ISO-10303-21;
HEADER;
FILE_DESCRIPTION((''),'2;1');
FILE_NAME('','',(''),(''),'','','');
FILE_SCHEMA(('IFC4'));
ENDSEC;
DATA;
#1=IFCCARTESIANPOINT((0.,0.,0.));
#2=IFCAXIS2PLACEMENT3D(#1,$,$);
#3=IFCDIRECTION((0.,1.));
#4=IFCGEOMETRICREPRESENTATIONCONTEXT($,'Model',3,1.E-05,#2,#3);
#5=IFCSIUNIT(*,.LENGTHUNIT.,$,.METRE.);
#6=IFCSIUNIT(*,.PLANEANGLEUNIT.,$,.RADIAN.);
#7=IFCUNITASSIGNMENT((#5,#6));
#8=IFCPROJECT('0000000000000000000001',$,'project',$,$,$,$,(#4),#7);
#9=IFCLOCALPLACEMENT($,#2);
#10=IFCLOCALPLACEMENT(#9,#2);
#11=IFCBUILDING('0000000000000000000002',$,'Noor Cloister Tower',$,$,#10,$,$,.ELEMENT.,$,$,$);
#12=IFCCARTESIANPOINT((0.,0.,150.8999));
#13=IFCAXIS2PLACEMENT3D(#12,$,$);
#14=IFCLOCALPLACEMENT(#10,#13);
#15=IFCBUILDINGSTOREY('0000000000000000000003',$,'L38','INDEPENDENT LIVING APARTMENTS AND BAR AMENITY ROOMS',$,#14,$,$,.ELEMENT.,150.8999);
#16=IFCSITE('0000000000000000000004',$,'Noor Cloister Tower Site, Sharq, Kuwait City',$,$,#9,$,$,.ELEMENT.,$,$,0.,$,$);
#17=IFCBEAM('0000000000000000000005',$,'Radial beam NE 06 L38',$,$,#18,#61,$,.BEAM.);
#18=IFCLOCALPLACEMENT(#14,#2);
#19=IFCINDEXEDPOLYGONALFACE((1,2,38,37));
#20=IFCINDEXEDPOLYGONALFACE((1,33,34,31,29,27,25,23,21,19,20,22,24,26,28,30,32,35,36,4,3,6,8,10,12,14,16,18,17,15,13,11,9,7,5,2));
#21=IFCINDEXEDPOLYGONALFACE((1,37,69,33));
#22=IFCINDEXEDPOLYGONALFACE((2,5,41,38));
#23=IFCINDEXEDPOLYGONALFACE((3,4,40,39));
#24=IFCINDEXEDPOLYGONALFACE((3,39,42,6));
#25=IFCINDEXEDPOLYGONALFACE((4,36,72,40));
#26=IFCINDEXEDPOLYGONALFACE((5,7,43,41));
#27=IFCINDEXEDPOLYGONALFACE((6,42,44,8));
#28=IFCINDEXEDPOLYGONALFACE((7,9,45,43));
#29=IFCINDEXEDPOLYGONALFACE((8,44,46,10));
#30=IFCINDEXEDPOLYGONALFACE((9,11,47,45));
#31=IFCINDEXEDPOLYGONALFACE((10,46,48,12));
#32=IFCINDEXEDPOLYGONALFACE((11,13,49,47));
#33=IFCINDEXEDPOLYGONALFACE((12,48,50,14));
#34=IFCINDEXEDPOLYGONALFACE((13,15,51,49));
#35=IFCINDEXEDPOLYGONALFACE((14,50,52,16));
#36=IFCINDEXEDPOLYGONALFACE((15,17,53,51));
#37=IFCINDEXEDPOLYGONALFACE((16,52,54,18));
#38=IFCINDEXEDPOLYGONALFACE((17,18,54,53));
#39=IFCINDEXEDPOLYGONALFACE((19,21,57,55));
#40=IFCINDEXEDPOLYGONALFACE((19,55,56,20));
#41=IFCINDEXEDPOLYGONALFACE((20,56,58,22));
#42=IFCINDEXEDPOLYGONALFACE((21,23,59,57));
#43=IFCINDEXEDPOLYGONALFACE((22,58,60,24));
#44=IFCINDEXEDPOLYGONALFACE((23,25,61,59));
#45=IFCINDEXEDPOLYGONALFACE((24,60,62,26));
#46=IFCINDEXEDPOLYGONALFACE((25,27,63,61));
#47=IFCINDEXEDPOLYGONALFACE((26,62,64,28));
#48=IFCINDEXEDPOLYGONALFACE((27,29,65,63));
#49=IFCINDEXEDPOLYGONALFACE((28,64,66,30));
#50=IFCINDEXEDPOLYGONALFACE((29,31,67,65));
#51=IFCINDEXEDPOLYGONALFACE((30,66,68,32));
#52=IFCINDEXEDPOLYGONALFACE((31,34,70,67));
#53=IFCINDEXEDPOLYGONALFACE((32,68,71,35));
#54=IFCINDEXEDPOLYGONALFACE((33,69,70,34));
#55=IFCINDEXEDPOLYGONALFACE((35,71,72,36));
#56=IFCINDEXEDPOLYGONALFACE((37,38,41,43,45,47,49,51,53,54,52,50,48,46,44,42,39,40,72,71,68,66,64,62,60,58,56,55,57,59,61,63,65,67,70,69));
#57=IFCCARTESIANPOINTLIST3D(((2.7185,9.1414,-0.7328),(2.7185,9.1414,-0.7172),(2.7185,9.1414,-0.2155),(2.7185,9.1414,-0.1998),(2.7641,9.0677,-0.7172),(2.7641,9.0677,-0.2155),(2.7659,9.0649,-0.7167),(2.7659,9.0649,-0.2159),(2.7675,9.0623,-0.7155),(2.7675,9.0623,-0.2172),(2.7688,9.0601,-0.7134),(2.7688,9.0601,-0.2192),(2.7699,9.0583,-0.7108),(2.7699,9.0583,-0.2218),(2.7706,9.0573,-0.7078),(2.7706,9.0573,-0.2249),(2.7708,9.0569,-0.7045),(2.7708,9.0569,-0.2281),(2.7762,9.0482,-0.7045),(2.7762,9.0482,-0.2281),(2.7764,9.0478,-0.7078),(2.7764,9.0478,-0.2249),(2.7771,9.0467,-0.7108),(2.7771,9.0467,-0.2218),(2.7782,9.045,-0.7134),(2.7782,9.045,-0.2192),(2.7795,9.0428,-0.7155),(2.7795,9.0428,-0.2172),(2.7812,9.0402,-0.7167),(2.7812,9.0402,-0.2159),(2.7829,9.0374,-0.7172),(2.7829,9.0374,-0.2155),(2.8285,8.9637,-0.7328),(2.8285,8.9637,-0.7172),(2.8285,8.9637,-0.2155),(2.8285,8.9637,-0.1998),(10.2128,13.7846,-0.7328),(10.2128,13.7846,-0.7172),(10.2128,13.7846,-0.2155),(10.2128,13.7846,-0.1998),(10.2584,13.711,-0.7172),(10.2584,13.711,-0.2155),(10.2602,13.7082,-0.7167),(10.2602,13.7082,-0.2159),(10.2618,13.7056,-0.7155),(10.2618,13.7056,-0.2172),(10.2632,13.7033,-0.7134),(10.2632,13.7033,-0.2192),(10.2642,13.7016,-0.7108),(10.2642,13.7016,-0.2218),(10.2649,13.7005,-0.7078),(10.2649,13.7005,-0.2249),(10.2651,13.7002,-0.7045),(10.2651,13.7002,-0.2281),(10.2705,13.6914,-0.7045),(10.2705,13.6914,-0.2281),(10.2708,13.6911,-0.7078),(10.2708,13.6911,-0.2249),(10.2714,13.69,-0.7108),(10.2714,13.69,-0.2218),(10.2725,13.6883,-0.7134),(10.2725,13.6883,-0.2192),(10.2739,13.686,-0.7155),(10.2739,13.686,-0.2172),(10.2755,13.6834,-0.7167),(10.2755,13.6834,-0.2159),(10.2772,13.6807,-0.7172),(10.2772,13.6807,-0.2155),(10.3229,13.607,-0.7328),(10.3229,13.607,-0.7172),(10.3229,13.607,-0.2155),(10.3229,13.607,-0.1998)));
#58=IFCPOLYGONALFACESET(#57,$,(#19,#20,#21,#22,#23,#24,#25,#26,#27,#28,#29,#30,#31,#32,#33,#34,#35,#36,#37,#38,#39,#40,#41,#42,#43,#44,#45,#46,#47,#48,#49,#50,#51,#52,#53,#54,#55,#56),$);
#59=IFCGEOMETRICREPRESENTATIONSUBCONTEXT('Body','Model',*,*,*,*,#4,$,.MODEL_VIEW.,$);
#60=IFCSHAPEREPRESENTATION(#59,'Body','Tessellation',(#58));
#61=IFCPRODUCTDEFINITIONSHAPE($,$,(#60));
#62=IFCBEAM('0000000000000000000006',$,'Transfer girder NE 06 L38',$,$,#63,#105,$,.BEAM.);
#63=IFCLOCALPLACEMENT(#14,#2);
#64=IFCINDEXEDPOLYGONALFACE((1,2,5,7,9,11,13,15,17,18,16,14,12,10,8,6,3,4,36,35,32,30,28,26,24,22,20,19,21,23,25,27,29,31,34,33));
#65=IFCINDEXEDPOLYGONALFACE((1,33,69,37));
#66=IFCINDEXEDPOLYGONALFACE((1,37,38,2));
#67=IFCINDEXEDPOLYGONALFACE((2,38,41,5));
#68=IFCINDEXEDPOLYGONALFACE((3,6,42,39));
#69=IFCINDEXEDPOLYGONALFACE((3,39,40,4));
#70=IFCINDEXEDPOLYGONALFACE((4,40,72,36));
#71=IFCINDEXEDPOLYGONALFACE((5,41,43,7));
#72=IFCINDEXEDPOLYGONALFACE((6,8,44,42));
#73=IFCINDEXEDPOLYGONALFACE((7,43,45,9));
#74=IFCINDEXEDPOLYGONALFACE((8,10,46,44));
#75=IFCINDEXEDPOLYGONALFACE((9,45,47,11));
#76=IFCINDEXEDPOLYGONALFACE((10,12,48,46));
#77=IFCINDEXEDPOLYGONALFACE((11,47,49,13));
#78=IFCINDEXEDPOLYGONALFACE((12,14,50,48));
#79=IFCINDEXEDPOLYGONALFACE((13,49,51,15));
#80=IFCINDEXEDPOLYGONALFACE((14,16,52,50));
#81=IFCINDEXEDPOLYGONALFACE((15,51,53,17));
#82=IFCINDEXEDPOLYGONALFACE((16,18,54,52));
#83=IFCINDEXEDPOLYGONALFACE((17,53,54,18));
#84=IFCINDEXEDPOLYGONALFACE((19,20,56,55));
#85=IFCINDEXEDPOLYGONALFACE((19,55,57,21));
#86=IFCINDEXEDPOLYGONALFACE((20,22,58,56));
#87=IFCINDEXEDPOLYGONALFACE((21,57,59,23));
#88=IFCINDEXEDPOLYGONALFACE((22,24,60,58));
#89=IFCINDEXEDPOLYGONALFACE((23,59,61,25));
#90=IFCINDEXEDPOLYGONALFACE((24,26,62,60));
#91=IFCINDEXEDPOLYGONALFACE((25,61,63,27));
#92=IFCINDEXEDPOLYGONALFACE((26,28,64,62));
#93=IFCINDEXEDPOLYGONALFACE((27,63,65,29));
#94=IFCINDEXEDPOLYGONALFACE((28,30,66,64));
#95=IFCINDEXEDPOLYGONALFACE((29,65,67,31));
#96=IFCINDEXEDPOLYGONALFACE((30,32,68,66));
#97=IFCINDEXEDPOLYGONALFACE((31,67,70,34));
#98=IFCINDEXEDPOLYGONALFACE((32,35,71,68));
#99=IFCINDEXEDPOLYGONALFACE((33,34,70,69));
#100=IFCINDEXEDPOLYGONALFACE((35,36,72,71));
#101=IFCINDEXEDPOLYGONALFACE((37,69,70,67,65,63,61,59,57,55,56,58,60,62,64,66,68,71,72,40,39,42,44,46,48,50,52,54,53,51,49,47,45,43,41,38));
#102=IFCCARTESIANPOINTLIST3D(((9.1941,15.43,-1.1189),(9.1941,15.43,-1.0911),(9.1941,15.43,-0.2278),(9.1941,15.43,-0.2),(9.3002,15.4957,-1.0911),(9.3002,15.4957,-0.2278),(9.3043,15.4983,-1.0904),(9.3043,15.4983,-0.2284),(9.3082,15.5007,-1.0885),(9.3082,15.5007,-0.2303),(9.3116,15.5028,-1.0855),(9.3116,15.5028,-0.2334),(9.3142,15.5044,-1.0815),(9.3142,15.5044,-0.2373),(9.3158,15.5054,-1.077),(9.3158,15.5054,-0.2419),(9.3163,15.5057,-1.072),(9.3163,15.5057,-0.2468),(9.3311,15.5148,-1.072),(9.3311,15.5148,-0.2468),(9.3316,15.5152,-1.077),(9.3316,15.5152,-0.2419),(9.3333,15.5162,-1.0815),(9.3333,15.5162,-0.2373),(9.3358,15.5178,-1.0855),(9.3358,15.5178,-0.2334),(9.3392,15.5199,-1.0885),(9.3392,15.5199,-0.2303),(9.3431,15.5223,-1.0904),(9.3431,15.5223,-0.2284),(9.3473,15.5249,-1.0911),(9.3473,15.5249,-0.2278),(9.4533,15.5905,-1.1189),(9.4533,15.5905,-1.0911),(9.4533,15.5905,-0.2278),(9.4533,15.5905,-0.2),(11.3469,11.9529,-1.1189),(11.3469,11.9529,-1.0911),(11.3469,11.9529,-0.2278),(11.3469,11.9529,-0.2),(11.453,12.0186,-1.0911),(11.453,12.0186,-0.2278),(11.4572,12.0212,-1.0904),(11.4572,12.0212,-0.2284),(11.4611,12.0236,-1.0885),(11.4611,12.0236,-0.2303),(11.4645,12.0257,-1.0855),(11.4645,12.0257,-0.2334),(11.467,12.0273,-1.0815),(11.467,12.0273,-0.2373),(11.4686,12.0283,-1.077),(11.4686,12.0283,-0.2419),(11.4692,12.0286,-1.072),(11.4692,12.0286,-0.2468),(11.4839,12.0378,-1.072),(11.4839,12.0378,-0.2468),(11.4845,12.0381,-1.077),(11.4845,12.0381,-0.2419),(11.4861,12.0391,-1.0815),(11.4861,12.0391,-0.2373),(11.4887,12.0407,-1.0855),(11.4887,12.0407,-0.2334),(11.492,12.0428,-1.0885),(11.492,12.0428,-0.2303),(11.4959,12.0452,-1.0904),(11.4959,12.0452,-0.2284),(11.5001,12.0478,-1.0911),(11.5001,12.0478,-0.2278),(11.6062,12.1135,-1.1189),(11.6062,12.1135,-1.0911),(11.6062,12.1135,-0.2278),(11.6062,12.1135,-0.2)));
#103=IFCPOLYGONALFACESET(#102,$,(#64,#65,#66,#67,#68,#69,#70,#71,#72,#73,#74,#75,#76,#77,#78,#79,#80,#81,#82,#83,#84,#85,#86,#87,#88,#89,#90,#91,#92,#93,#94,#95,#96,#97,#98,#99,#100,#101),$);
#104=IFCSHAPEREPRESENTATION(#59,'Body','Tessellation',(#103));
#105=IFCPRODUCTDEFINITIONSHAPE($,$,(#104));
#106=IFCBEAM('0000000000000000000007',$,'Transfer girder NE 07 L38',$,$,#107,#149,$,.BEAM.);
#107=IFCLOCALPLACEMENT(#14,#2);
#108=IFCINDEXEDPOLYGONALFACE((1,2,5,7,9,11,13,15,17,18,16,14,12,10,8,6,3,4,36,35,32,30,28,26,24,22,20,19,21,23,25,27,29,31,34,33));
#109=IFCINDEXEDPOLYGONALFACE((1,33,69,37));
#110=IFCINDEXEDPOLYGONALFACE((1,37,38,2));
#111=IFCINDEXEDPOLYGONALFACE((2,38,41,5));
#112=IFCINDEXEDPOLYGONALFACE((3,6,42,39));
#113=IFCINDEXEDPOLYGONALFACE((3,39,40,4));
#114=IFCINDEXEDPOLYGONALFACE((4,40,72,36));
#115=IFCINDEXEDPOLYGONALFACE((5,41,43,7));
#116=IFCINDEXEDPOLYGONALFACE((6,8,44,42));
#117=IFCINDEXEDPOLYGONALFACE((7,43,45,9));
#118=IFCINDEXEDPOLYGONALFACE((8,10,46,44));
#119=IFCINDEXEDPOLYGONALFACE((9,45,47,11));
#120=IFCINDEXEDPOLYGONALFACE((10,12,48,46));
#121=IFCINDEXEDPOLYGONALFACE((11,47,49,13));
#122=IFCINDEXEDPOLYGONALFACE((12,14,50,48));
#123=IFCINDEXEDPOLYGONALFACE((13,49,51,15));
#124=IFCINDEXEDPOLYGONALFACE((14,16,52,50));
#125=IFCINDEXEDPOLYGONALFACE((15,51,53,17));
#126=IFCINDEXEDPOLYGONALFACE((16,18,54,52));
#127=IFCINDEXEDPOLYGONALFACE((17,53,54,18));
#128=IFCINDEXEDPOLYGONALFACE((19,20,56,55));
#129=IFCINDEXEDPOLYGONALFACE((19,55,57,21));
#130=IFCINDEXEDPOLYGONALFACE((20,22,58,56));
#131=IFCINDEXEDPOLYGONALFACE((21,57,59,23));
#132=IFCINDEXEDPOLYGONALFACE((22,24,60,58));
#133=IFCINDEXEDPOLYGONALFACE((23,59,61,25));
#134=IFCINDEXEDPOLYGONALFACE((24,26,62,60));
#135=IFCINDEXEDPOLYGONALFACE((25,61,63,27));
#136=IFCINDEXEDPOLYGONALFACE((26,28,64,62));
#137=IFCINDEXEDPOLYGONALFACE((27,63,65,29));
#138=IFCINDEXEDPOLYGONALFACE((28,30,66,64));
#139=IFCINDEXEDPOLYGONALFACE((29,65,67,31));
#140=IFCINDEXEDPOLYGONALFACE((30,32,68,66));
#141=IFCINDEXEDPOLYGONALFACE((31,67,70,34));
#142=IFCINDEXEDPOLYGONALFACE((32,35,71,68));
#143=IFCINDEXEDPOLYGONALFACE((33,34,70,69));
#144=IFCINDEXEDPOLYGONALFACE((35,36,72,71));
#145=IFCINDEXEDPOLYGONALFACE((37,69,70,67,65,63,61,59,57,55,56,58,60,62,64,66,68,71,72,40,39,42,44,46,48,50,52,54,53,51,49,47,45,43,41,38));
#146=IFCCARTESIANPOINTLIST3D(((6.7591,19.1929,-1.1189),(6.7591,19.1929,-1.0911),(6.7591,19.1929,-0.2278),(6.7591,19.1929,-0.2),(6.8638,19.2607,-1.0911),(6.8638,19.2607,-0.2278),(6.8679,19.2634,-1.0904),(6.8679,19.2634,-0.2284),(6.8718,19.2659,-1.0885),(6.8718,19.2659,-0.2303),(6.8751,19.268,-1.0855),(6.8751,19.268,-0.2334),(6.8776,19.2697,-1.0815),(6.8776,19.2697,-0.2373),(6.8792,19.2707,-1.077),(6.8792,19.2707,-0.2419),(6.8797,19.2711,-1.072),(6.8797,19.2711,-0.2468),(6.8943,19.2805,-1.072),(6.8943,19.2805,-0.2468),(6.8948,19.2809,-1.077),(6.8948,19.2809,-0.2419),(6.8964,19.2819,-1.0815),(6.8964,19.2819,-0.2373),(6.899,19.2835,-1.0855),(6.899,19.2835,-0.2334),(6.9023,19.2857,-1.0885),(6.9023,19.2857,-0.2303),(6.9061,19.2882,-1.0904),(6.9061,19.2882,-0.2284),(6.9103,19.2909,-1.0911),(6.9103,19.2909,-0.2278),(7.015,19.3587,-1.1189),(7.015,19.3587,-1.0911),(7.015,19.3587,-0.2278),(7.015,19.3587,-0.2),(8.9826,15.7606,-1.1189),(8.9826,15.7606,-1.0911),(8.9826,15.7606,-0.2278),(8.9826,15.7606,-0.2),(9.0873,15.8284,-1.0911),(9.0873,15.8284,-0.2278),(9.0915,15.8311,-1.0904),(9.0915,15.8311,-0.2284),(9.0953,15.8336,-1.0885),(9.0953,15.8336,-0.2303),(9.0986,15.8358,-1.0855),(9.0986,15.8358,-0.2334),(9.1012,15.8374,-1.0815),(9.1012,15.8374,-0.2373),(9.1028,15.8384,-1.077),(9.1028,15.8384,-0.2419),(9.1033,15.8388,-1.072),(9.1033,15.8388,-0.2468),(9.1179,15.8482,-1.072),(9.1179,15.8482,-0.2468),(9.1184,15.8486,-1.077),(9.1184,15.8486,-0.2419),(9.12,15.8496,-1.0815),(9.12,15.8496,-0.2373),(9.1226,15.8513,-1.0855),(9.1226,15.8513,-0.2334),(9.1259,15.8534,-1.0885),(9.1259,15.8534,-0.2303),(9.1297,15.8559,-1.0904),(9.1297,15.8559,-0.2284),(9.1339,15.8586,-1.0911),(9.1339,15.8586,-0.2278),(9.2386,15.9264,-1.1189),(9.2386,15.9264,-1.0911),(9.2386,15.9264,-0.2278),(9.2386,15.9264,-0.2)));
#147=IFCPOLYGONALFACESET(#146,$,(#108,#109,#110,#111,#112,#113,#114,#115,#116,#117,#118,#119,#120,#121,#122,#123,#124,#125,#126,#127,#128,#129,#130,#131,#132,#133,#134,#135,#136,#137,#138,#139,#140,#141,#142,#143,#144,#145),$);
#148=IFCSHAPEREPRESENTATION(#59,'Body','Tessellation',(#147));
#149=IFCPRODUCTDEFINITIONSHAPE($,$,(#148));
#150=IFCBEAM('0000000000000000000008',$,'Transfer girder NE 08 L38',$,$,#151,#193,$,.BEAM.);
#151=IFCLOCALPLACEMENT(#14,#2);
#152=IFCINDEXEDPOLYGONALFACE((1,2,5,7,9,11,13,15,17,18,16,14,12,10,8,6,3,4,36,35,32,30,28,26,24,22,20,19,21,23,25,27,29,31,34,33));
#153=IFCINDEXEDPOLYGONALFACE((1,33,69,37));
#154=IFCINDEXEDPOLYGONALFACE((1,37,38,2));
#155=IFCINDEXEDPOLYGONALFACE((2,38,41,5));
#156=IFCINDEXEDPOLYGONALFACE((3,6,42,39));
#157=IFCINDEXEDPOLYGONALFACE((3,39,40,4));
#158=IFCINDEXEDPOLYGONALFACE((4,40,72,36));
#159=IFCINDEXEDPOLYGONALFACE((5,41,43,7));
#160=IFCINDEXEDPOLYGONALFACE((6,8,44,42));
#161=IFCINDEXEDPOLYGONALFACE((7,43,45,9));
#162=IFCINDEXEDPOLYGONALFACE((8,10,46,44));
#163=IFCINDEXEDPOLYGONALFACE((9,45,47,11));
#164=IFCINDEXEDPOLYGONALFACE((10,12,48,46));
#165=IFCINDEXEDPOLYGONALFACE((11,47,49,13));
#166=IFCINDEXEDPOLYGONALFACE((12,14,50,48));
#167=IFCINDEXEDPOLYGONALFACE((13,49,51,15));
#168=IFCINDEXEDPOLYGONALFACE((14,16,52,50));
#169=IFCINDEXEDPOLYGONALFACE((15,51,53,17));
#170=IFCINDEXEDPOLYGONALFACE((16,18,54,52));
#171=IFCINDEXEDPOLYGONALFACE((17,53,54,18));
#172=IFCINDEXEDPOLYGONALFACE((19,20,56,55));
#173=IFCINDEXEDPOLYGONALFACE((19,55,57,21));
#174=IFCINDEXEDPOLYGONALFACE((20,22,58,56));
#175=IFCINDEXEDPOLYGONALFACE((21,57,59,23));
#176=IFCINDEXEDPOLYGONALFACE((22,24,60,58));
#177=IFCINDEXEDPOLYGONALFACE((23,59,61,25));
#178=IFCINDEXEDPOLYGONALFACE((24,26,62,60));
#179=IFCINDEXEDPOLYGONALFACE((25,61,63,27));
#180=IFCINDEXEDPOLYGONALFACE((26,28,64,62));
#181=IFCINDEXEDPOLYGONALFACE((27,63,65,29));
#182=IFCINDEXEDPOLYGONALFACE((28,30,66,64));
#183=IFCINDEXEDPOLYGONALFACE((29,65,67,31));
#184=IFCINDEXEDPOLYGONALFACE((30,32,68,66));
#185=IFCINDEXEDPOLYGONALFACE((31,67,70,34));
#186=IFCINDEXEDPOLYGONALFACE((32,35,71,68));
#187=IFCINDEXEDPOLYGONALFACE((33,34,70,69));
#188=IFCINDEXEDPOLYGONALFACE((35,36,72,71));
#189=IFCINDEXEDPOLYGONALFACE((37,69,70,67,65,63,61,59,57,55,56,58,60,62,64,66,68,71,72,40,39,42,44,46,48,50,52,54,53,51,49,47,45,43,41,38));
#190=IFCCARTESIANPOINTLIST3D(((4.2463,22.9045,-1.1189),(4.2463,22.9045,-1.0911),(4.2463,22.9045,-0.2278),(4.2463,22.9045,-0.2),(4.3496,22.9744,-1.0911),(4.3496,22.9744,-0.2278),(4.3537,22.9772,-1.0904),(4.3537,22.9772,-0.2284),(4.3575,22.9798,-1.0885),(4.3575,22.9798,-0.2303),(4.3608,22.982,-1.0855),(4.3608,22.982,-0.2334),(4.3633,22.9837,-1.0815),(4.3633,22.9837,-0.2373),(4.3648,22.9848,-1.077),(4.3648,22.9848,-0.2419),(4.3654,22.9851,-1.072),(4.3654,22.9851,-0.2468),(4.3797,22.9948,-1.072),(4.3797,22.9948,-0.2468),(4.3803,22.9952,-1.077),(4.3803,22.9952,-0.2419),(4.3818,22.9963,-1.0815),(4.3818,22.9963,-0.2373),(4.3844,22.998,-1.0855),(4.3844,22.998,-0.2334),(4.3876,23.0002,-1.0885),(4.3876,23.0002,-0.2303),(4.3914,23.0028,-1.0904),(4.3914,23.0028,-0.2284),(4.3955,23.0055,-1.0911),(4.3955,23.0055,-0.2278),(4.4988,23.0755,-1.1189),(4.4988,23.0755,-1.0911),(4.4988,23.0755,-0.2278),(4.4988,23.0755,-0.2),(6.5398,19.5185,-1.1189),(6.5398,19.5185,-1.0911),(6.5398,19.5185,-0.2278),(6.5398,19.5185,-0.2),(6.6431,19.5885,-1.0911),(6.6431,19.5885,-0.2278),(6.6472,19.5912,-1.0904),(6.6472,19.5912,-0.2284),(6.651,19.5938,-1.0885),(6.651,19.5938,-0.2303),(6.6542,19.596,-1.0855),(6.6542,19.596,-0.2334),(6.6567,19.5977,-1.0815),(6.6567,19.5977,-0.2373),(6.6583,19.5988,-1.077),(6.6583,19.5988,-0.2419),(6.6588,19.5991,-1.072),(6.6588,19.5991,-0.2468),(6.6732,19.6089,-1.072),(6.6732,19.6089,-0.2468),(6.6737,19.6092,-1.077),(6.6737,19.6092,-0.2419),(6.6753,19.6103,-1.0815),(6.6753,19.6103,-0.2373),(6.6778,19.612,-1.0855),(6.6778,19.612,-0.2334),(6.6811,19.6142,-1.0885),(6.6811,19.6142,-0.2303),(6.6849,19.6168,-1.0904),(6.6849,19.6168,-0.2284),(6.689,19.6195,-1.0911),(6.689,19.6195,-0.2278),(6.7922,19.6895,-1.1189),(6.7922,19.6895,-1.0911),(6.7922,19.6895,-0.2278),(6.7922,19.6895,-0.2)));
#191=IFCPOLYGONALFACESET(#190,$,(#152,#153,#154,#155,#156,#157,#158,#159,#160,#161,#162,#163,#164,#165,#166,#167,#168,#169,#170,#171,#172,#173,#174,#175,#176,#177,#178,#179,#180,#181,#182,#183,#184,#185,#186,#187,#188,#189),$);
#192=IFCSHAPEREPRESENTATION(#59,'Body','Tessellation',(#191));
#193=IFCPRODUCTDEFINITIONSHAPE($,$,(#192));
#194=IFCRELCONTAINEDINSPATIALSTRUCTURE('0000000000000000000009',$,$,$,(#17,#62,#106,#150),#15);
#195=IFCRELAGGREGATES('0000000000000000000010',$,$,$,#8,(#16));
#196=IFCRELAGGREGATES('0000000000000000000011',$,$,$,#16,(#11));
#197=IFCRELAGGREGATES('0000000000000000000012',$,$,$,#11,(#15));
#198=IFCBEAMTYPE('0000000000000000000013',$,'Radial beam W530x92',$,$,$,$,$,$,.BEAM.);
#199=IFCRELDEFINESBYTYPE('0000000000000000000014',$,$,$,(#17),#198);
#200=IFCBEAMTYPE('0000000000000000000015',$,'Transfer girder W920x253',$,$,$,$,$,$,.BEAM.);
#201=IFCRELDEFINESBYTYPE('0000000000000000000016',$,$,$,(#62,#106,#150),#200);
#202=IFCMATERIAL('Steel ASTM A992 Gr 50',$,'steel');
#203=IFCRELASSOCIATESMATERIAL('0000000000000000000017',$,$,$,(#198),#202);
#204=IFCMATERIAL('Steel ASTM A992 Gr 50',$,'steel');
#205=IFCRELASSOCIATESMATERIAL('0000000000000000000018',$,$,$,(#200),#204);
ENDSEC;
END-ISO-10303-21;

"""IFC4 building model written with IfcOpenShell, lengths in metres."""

from ifc_helpers import new_model, si_unit, direction, frame, origin, origin_2d, place, context, subcontext, project, spatial, i_section, extrude, material, material_profile, profile_set, type_object, element, save


model = new_model("IFC4")

# Units and contexts
model_context = context("Model", 3, precision=1e-05, world=origin(), true_north=direction((0.0, 1.0)))
body_context = subcontext(model_context, "Body", "Model", "MODEL_VIEW")
ifc_project = project(units=[si_unit("LENGTHUNIT", "METRE"), si_unit("PLANEANGLEUNIT", "RADIAN")], contexts=[model_context])

# Site, building, storey
site_placement = place(None, origin())
site = spatial("IfcSite", under=ifc_project, at=site_placement, Name="Noor Cloister Tower Site, Sharq, Kuwait City", CompositionType="ELEMENT", RefElevation=0.0)
building_placement = place(site_placement, origin())
building = spatial("IfcBuilding", under=site, at=building_placement, Name="Noor Cloister Tower", CompositionType="ELEMENT")
storey_placement = place(building_placement, frame((0.0, 0.0, 150.8999)))
storey = spatial("IfcBuildingStorey", under=building, at=storey_placement, Name="L38", Description="INDEPENDENT LIVING APARTMENTS AND BAR AMENITY ROOMS", CompositionType="ELEMENT", Elevation=150.8999)

# Beams
ifc_material_1 = material(Name="Steel ASTM A992 Gr 50", Category="steel")
ifc_material_profile_1 = material_profile(ifc_material_1, i_section(OverallWidth=0.209, OverallDepth=0.533, WebThickness=0.0103, FlangeThickness=0.0156, FilletRadius=0.0127, at=origin_2d()), Name="W530x92")
ifc_profile_set_1 = profile_set([ifc_material_profile_1], Name="Steel ASTM A992 Gr 50")
beam_type_1 = type_object("IfcBeamType", Name="Radial beam W530x92", PredefinedType="BEAM", material=ifc_profile_set_1)
beam_1_placement = place(storey_placement, frame((10.2678, 13.6958, -0.4663), z_axis=(-0.850066, -0.526677, 0.0), x_axis=(0.526677, -0.850066, 0.0)))
element("IfcBeam", 1, at=beam_1_placement, inside=storey, type_object=beam_type_1, Name="Radial beam NE 06 L38", PredefinedType="BEAM", context=body_context, shape_type="SweptSolid", body=[
    extrude(i_section(OverallWidth=0.209, OverallDepth=0.533, WebThickness=0.0103, FlangeThickness=0.0156, FilletRadius=0.0127, at=origin_2d()), origin(), (0.0, 0.0, 1.0), 8.8162),
])
ifc_material_2 = material(Name="Steel ASTM A992 Gr 50", Category="steel")
ifc_material_profile_2 = material_profile(ifc_material_2, i_section(OverallWidth=0.3049, OverallDepth=0.9189, WebThickness=0.0173, FlangeThickness=0.0278, FilletRadius=0.019, at=origin_2d()), Name="W920x253")
ifc_profile_set_2 = profile_set([ifc_material_profile_2], Name="Steel ASTM A992 Gr 50")
beam_type_2 = type_object("IfcBeamType", Name="Transfer girder W920x253", PredefinedType="BEAM", material=ifc_profile_set_2)
for number, where, z_axis, x_axis, name in (
    (2, (11.4766, 12.0332, -0.6594), (-0.52642, 0.850224, 0.0), (-0.850224, -0.52642, 0.0), "Transfer girder NE 06 L38"),
    (3, (9.1106, 15.8435, -0.6594), (-0.543714, 0.839271, 0.0), (-0.839271, -0.543714, 0.0), "Transfer girder NE 07 L38"),
    (4, (6.666, 19.604, -0.6594), (-0.560802, 0.82795, 0.0), (-0.82795, -0.560802, 0.0), "Transfer girder NE 08 L38"),
):
    element("IfcBeam", number, at=place(storey_placement, frame(where, z_axis=z_axis, x_axis=x_axis)), inside=storey, type_object=beam_type_2, Name=name, PredefinedType="BEAM", context=body_context, shape_type="SweptSolid", body=[
        extrude(i_section(OverallWidth=0.3049, OverallDepth=0.9189, WebThickness=0.0173, FlangeThickness=0.0278, FilletRadius=0.019, at=origin_2d()), origin(), (0.0, 0.0, 1.0), 4.0896),
    ])

save(model, "model.ifc")
